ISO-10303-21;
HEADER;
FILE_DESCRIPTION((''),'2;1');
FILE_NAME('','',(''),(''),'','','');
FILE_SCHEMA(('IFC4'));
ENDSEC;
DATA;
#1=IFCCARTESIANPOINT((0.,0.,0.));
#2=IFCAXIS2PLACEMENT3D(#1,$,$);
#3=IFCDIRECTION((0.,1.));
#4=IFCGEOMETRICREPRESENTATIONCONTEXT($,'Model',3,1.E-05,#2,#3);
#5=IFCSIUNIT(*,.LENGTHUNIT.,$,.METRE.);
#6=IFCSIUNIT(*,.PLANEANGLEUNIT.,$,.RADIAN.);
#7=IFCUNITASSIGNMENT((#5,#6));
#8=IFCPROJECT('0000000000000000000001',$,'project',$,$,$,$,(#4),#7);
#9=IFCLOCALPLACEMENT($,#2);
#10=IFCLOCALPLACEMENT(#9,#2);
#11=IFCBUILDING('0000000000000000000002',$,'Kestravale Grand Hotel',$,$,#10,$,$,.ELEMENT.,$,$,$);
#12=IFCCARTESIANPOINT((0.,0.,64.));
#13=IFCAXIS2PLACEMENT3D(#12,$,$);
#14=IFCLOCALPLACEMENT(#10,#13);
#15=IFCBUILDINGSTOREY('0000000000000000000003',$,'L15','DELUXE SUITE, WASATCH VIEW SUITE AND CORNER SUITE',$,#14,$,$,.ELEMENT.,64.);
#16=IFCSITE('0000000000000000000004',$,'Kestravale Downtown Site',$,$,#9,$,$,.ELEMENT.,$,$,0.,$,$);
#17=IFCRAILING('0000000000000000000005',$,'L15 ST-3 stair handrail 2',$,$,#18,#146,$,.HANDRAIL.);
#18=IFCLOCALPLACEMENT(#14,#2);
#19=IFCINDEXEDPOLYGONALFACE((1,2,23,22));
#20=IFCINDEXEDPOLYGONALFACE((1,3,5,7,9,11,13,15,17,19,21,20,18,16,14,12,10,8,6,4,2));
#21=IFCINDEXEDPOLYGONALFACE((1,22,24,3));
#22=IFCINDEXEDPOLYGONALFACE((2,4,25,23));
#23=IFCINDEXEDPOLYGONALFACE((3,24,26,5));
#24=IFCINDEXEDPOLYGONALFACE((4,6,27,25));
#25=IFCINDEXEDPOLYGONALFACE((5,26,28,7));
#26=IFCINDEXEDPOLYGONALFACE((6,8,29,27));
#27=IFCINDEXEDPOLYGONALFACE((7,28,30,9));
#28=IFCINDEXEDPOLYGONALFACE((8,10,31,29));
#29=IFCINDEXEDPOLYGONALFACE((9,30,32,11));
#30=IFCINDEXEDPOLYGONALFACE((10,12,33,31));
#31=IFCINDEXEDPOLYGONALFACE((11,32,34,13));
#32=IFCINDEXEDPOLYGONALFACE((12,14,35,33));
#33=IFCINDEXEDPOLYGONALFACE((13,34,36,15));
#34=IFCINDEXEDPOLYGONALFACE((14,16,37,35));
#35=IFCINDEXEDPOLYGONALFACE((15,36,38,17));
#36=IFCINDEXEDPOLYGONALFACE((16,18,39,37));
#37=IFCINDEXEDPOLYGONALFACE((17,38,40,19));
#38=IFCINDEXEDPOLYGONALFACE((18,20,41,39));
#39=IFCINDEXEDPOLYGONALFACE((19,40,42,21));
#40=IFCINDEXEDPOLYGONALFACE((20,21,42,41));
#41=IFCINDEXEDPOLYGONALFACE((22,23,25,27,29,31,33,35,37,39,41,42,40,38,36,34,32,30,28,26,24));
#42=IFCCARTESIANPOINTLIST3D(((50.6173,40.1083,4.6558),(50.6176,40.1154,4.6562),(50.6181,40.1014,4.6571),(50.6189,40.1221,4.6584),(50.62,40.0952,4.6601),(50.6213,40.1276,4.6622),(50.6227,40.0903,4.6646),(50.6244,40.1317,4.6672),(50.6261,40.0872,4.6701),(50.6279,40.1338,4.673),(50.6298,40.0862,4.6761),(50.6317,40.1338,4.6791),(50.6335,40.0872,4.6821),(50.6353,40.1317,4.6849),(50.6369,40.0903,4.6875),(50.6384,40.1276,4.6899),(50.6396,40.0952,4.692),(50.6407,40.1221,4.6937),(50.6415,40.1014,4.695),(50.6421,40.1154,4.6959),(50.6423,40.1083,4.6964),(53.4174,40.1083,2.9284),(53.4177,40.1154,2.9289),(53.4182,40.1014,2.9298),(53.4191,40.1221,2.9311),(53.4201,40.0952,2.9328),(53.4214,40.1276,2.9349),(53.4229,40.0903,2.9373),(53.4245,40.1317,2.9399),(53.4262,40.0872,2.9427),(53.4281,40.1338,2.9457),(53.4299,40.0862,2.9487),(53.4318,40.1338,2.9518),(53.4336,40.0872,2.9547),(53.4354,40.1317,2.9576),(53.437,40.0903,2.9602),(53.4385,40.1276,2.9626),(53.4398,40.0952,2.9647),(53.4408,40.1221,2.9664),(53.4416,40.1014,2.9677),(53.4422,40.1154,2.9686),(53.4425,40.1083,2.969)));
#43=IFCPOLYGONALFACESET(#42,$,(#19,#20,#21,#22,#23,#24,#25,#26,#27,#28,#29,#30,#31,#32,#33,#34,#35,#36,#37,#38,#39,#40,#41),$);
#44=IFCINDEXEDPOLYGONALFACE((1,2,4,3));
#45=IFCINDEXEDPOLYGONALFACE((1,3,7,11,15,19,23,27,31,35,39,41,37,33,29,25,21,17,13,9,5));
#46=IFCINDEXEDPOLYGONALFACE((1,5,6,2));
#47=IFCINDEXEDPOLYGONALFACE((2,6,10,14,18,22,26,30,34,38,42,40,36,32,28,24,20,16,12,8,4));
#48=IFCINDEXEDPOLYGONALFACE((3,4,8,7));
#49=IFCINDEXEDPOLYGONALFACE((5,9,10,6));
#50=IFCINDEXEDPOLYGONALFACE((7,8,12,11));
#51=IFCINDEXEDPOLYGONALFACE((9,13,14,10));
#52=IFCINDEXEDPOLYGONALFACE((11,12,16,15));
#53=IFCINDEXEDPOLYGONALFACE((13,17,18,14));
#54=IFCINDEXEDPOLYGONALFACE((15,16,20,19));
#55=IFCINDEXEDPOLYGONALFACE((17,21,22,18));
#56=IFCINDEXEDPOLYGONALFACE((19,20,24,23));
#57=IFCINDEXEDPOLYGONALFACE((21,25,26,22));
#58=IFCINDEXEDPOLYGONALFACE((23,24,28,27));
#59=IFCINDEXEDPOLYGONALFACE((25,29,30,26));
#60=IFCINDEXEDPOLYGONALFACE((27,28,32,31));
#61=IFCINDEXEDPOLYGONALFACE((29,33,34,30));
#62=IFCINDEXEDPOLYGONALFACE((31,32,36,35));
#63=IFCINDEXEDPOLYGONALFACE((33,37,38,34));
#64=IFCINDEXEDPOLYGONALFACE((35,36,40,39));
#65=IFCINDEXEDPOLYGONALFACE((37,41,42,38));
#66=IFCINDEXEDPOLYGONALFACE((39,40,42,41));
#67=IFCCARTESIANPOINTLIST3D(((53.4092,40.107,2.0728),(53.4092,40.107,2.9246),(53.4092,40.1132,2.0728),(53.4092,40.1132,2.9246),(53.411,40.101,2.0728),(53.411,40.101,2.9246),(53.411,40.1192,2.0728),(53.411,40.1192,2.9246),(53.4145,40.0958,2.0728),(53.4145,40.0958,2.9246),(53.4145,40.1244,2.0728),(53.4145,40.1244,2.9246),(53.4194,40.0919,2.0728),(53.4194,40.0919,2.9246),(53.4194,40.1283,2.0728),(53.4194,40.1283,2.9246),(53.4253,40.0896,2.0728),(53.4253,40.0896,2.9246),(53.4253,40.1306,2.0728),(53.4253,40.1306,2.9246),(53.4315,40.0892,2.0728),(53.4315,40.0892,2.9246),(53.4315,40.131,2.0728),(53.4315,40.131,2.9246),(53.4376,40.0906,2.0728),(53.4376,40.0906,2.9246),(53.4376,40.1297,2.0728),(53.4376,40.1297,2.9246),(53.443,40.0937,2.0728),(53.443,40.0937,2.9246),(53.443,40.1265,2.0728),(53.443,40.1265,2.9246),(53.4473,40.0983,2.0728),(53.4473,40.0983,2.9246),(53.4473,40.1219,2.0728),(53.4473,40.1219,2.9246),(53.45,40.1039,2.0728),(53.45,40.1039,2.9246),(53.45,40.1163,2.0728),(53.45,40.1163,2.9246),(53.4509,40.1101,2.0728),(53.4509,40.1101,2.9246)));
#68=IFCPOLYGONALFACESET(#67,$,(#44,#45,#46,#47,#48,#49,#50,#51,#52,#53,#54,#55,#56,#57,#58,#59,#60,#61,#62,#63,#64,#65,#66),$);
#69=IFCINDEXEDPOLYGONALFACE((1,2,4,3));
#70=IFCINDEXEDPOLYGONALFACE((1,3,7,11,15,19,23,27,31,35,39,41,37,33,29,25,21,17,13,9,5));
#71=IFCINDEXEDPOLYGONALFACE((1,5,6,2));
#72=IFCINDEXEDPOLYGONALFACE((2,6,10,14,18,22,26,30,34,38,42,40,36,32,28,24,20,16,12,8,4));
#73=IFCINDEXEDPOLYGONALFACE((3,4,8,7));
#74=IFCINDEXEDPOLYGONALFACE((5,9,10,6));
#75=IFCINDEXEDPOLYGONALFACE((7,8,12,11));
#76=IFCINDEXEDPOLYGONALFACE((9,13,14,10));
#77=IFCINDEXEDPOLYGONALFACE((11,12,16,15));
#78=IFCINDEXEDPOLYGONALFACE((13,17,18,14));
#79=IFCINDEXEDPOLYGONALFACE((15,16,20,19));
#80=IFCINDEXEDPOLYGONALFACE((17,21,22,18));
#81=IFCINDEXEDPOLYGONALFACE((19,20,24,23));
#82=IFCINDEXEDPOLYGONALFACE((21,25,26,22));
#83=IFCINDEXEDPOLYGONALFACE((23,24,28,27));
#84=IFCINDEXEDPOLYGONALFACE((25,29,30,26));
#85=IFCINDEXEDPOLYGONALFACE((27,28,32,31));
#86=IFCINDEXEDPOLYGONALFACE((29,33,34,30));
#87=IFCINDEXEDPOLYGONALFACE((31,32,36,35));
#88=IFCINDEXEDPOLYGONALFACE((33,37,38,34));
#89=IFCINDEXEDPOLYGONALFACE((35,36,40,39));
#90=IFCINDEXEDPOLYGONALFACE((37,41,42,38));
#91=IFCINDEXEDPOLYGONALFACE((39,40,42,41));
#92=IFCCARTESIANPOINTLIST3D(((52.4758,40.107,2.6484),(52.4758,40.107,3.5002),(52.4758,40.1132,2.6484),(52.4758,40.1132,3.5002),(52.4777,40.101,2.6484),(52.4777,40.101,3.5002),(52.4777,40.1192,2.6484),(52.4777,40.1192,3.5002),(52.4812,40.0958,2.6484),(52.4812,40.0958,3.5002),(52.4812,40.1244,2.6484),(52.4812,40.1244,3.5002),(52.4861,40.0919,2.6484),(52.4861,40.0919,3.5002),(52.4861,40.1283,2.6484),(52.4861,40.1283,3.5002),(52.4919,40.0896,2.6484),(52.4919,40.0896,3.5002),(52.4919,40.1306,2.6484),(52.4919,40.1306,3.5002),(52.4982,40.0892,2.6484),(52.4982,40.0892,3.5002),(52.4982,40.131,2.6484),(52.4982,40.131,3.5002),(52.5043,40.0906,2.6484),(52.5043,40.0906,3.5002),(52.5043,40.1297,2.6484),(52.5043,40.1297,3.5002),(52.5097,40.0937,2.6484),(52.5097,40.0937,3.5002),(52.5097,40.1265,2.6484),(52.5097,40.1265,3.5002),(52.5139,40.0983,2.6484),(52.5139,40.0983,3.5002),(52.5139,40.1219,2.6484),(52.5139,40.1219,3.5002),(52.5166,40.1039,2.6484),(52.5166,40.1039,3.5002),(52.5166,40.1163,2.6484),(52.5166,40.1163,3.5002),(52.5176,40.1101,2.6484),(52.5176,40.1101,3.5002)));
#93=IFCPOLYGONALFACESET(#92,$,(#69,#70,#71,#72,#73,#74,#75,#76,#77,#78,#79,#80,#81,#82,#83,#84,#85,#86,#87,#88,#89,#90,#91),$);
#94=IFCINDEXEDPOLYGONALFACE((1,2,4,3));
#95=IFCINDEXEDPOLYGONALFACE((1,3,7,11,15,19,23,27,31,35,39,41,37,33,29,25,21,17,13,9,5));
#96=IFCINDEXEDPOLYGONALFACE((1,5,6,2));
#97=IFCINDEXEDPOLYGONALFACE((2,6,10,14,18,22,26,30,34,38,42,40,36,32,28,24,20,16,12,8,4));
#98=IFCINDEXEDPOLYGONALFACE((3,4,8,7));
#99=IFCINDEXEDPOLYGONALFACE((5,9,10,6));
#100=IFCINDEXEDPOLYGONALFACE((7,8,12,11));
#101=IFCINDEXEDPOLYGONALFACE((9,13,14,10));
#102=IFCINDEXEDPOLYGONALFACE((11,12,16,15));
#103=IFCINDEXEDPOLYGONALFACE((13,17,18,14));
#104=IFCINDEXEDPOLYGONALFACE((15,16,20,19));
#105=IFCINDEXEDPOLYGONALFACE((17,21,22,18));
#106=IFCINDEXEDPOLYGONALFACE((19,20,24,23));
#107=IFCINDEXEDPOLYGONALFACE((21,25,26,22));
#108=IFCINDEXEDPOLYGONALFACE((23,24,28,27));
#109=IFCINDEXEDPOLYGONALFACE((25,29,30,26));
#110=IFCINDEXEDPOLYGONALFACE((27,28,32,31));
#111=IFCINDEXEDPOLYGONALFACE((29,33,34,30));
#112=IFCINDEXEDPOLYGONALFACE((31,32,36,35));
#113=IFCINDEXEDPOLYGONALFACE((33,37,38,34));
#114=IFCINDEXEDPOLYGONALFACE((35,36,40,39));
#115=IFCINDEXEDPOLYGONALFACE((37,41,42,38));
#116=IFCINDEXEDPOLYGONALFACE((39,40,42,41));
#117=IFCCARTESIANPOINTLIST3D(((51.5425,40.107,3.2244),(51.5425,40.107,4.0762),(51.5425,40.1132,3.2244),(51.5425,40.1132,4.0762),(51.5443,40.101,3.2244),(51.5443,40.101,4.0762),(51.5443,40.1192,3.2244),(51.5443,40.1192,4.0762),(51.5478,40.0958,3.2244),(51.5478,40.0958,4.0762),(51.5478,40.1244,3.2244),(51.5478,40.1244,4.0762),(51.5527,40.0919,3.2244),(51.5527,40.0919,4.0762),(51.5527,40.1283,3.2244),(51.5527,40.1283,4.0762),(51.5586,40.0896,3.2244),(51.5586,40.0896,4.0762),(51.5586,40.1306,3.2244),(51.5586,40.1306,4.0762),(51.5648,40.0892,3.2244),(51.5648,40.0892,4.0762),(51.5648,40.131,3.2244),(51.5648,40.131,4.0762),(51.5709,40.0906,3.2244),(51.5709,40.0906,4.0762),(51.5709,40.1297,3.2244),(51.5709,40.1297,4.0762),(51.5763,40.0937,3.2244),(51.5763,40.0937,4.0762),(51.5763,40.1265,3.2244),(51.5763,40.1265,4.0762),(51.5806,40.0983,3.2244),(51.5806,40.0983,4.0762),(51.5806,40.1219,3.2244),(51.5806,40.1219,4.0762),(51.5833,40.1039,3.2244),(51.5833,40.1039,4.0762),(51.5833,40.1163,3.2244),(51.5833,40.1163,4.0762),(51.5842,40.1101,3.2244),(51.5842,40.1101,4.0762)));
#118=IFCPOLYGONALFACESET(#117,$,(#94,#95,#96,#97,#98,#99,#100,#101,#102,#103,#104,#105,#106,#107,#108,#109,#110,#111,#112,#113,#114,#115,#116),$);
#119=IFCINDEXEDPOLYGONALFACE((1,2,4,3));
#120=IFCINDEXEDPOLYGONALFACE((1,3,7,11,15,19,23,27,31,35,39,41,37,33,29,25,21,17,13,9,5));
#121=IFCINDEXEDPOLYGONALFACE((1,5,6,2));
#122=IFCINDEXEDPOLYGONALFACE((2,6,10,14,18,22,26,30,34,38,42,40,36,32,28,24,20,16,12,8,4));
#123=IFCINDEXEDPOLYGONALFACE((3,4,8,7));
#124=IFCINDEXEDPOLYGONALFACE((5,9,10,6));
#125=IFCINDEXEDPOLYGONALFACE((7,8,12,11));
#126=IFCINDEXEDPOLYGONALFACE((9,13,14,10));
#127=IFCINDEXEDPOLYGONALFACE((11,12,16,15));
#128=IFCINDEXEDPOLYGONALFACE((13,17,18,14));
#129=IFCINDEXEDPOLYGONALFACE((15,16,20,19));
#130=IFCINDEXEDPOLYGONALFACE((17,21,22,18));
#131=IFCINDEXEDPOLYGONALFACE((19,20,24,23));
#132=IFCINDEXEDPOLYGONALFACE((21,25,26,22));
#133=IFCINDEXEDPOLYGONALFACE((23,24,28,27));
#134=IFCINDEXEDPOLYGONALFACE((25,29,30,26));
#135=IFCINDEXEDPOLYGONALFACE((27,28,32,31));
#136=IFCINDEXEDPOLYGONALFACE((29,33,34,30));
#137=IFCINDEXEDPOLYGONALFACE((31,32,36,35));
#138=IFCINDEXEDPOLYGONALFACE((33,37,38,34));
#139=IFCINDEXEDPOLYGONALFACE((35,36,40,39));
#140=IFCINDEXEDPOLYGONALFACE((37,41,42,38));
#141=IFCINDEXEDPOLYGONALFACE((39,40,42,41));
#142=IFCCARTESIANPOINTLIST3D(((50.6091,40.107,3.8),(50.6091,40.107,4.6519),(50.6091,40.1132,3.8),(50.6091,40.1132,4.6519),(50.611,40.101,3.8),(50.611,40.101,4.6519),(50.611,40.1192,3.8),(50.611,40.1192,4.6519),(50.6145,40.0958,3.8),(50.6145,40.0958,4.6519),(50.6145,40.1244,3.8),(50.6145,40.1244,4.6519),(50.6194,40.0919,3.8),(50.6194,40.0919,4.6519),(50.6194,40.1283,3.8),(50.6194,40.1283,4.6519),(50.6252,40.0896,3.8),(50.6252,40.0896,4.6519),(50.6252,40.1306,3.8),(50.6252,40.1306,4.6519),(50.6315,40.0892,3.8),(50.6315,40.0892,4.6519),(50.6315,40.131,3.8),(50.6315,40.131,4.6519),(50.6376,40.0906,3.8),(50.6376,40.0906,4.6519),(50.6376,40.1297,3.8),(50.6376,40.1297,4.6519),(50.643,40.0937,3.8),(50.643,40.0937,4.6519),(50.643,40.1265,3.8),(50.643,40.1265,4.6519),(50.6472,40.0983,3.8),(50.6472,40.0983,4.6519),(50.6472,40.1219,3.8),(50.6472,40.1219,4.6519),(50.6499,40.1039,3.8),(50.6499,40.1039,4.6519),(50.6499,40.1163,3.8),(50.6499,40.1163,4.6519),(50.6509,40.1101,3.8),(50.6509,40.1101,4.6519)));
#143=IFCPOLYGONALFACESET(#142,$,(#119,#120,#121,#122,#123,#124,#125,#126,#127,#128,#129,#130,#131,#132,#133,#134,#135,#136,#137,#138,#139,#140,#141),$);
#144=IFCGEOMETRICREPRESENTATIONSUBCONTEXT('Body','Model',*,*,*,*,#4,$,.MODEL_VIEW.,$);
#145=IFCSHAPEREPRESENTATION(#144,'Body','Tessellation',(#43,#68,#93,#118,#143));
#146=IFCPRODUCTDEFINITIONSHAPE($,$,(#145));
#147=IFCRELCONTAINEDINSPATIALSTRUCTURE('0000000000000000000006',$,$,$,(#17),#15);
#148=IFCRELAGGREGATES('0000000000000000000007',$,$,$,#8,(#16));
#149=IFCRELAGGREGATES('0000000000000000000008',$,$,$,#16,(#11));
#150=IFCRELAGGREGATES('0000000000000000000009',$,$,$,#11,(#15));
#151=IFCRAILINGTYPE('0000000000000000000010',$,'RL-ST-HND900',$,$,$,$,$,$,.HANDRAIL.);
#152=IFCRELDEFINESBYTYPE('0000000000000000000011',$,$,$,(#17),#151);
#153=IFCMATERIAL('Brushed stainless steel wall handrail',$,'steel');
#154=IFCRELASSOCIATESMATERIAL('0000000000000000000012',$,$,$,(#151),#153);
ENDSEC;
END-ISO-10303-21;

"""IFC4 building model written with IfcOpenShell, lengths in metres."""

from ifc_helpers import new_model, si_unit, direction, frame, origin, origin_2d, place, context, subcontext, project, spatial, circle, extrude, material, type_object, element, save


model = new_model("IFC4")

# Units and contexts
model_context = context("Model", 3, precision=1e-05, world=origin(), true_north=direction((0.0, 1.0)))
body_context = subcontext(model_context, "Body", "Model", "MODEL_VIEW")
ifc_project = project(units=[si_unit("LENGTHUNIT", "METRE"), si_unit("PLANEANGLEUNIT", "RADIAN")], contexts=[model_context])

# Site, building, storey
site_placement = place(None, origin())
site = spatial("IfcSite", under=ifc_project, at=site_placement, Name="Kestravale Downtown Site", CompositionType="ELEMENT", RefElevation=0.0)
building_placement = place(site_placement, origin())
building = spatial("IfcBuilding", under=site, at=building_placement, Name="Kestravale Grand Hotel", CompositionType="ELEMENT")
storey_placement = place(building_placement, frame((0.0, 0.0, 64.0)))
storey = spatial("IfcBuildingStorey", under=building, at=storey_placement, Name="L15", Description="DELUXE SUITE, WASATCH VIEW SUITE AND CORNER SUITE", CompositionType="ELEMENT", Elevation=64.0)

# Railing
ifc_material_1 = material(Name="Brushed stainless steel wall handrail", Category="steel")
railing_type_1 = type_object("IfcRailingType", Name="RL-ST-HND900", PredefinedType="HANDRAIL", material=ifc_material_1)
railing_1_placement = place(storey_placement, frame((53.4299, 40.1101, 2.0728)))
element("IfcRailing", 1, at=railing_1_placement, inside=storey, type_object=railing_type_1, Name="L15 ST-3 stair handrail 2", PredefinedType="HANDRAIL", context=body_context, shape_type="SweptSolid", body=[
    extrude(circle(Radius=0.0239, at=origin_2d()), frame((0.0, 0.0, 0.876), z_axis=(-0.85109, 0.0, 0.52502), x_axis=(0.0, -1.0, 0.0)), (0.0, 0.0, 1.0), 3.29),
    extrude(circle(Radius=0.021, at=origin_2d()), origin(), (0.0, 0.0, 1.0), 0.8518),
    extrude(circle(Radius=0.021, at=origin_2d()), frame((-0.9333, 0.0, 0.5757)), (0.0, 0.0, 1.0), 0.8518),
    extrude(circle(Radius=0.021, at=origin_2d()), frame((-1.8667, 0.0, 1.1516)), (0.0, 0.0, 1.0), 0.8518),
    extrude(circle(Radius=0.021, at=origin_2d()), frame((-2.8, 0.0, 1.7273)), (0.0, 0.0, 1.0), 0.8518),
])

save(model, "model.ifc")
